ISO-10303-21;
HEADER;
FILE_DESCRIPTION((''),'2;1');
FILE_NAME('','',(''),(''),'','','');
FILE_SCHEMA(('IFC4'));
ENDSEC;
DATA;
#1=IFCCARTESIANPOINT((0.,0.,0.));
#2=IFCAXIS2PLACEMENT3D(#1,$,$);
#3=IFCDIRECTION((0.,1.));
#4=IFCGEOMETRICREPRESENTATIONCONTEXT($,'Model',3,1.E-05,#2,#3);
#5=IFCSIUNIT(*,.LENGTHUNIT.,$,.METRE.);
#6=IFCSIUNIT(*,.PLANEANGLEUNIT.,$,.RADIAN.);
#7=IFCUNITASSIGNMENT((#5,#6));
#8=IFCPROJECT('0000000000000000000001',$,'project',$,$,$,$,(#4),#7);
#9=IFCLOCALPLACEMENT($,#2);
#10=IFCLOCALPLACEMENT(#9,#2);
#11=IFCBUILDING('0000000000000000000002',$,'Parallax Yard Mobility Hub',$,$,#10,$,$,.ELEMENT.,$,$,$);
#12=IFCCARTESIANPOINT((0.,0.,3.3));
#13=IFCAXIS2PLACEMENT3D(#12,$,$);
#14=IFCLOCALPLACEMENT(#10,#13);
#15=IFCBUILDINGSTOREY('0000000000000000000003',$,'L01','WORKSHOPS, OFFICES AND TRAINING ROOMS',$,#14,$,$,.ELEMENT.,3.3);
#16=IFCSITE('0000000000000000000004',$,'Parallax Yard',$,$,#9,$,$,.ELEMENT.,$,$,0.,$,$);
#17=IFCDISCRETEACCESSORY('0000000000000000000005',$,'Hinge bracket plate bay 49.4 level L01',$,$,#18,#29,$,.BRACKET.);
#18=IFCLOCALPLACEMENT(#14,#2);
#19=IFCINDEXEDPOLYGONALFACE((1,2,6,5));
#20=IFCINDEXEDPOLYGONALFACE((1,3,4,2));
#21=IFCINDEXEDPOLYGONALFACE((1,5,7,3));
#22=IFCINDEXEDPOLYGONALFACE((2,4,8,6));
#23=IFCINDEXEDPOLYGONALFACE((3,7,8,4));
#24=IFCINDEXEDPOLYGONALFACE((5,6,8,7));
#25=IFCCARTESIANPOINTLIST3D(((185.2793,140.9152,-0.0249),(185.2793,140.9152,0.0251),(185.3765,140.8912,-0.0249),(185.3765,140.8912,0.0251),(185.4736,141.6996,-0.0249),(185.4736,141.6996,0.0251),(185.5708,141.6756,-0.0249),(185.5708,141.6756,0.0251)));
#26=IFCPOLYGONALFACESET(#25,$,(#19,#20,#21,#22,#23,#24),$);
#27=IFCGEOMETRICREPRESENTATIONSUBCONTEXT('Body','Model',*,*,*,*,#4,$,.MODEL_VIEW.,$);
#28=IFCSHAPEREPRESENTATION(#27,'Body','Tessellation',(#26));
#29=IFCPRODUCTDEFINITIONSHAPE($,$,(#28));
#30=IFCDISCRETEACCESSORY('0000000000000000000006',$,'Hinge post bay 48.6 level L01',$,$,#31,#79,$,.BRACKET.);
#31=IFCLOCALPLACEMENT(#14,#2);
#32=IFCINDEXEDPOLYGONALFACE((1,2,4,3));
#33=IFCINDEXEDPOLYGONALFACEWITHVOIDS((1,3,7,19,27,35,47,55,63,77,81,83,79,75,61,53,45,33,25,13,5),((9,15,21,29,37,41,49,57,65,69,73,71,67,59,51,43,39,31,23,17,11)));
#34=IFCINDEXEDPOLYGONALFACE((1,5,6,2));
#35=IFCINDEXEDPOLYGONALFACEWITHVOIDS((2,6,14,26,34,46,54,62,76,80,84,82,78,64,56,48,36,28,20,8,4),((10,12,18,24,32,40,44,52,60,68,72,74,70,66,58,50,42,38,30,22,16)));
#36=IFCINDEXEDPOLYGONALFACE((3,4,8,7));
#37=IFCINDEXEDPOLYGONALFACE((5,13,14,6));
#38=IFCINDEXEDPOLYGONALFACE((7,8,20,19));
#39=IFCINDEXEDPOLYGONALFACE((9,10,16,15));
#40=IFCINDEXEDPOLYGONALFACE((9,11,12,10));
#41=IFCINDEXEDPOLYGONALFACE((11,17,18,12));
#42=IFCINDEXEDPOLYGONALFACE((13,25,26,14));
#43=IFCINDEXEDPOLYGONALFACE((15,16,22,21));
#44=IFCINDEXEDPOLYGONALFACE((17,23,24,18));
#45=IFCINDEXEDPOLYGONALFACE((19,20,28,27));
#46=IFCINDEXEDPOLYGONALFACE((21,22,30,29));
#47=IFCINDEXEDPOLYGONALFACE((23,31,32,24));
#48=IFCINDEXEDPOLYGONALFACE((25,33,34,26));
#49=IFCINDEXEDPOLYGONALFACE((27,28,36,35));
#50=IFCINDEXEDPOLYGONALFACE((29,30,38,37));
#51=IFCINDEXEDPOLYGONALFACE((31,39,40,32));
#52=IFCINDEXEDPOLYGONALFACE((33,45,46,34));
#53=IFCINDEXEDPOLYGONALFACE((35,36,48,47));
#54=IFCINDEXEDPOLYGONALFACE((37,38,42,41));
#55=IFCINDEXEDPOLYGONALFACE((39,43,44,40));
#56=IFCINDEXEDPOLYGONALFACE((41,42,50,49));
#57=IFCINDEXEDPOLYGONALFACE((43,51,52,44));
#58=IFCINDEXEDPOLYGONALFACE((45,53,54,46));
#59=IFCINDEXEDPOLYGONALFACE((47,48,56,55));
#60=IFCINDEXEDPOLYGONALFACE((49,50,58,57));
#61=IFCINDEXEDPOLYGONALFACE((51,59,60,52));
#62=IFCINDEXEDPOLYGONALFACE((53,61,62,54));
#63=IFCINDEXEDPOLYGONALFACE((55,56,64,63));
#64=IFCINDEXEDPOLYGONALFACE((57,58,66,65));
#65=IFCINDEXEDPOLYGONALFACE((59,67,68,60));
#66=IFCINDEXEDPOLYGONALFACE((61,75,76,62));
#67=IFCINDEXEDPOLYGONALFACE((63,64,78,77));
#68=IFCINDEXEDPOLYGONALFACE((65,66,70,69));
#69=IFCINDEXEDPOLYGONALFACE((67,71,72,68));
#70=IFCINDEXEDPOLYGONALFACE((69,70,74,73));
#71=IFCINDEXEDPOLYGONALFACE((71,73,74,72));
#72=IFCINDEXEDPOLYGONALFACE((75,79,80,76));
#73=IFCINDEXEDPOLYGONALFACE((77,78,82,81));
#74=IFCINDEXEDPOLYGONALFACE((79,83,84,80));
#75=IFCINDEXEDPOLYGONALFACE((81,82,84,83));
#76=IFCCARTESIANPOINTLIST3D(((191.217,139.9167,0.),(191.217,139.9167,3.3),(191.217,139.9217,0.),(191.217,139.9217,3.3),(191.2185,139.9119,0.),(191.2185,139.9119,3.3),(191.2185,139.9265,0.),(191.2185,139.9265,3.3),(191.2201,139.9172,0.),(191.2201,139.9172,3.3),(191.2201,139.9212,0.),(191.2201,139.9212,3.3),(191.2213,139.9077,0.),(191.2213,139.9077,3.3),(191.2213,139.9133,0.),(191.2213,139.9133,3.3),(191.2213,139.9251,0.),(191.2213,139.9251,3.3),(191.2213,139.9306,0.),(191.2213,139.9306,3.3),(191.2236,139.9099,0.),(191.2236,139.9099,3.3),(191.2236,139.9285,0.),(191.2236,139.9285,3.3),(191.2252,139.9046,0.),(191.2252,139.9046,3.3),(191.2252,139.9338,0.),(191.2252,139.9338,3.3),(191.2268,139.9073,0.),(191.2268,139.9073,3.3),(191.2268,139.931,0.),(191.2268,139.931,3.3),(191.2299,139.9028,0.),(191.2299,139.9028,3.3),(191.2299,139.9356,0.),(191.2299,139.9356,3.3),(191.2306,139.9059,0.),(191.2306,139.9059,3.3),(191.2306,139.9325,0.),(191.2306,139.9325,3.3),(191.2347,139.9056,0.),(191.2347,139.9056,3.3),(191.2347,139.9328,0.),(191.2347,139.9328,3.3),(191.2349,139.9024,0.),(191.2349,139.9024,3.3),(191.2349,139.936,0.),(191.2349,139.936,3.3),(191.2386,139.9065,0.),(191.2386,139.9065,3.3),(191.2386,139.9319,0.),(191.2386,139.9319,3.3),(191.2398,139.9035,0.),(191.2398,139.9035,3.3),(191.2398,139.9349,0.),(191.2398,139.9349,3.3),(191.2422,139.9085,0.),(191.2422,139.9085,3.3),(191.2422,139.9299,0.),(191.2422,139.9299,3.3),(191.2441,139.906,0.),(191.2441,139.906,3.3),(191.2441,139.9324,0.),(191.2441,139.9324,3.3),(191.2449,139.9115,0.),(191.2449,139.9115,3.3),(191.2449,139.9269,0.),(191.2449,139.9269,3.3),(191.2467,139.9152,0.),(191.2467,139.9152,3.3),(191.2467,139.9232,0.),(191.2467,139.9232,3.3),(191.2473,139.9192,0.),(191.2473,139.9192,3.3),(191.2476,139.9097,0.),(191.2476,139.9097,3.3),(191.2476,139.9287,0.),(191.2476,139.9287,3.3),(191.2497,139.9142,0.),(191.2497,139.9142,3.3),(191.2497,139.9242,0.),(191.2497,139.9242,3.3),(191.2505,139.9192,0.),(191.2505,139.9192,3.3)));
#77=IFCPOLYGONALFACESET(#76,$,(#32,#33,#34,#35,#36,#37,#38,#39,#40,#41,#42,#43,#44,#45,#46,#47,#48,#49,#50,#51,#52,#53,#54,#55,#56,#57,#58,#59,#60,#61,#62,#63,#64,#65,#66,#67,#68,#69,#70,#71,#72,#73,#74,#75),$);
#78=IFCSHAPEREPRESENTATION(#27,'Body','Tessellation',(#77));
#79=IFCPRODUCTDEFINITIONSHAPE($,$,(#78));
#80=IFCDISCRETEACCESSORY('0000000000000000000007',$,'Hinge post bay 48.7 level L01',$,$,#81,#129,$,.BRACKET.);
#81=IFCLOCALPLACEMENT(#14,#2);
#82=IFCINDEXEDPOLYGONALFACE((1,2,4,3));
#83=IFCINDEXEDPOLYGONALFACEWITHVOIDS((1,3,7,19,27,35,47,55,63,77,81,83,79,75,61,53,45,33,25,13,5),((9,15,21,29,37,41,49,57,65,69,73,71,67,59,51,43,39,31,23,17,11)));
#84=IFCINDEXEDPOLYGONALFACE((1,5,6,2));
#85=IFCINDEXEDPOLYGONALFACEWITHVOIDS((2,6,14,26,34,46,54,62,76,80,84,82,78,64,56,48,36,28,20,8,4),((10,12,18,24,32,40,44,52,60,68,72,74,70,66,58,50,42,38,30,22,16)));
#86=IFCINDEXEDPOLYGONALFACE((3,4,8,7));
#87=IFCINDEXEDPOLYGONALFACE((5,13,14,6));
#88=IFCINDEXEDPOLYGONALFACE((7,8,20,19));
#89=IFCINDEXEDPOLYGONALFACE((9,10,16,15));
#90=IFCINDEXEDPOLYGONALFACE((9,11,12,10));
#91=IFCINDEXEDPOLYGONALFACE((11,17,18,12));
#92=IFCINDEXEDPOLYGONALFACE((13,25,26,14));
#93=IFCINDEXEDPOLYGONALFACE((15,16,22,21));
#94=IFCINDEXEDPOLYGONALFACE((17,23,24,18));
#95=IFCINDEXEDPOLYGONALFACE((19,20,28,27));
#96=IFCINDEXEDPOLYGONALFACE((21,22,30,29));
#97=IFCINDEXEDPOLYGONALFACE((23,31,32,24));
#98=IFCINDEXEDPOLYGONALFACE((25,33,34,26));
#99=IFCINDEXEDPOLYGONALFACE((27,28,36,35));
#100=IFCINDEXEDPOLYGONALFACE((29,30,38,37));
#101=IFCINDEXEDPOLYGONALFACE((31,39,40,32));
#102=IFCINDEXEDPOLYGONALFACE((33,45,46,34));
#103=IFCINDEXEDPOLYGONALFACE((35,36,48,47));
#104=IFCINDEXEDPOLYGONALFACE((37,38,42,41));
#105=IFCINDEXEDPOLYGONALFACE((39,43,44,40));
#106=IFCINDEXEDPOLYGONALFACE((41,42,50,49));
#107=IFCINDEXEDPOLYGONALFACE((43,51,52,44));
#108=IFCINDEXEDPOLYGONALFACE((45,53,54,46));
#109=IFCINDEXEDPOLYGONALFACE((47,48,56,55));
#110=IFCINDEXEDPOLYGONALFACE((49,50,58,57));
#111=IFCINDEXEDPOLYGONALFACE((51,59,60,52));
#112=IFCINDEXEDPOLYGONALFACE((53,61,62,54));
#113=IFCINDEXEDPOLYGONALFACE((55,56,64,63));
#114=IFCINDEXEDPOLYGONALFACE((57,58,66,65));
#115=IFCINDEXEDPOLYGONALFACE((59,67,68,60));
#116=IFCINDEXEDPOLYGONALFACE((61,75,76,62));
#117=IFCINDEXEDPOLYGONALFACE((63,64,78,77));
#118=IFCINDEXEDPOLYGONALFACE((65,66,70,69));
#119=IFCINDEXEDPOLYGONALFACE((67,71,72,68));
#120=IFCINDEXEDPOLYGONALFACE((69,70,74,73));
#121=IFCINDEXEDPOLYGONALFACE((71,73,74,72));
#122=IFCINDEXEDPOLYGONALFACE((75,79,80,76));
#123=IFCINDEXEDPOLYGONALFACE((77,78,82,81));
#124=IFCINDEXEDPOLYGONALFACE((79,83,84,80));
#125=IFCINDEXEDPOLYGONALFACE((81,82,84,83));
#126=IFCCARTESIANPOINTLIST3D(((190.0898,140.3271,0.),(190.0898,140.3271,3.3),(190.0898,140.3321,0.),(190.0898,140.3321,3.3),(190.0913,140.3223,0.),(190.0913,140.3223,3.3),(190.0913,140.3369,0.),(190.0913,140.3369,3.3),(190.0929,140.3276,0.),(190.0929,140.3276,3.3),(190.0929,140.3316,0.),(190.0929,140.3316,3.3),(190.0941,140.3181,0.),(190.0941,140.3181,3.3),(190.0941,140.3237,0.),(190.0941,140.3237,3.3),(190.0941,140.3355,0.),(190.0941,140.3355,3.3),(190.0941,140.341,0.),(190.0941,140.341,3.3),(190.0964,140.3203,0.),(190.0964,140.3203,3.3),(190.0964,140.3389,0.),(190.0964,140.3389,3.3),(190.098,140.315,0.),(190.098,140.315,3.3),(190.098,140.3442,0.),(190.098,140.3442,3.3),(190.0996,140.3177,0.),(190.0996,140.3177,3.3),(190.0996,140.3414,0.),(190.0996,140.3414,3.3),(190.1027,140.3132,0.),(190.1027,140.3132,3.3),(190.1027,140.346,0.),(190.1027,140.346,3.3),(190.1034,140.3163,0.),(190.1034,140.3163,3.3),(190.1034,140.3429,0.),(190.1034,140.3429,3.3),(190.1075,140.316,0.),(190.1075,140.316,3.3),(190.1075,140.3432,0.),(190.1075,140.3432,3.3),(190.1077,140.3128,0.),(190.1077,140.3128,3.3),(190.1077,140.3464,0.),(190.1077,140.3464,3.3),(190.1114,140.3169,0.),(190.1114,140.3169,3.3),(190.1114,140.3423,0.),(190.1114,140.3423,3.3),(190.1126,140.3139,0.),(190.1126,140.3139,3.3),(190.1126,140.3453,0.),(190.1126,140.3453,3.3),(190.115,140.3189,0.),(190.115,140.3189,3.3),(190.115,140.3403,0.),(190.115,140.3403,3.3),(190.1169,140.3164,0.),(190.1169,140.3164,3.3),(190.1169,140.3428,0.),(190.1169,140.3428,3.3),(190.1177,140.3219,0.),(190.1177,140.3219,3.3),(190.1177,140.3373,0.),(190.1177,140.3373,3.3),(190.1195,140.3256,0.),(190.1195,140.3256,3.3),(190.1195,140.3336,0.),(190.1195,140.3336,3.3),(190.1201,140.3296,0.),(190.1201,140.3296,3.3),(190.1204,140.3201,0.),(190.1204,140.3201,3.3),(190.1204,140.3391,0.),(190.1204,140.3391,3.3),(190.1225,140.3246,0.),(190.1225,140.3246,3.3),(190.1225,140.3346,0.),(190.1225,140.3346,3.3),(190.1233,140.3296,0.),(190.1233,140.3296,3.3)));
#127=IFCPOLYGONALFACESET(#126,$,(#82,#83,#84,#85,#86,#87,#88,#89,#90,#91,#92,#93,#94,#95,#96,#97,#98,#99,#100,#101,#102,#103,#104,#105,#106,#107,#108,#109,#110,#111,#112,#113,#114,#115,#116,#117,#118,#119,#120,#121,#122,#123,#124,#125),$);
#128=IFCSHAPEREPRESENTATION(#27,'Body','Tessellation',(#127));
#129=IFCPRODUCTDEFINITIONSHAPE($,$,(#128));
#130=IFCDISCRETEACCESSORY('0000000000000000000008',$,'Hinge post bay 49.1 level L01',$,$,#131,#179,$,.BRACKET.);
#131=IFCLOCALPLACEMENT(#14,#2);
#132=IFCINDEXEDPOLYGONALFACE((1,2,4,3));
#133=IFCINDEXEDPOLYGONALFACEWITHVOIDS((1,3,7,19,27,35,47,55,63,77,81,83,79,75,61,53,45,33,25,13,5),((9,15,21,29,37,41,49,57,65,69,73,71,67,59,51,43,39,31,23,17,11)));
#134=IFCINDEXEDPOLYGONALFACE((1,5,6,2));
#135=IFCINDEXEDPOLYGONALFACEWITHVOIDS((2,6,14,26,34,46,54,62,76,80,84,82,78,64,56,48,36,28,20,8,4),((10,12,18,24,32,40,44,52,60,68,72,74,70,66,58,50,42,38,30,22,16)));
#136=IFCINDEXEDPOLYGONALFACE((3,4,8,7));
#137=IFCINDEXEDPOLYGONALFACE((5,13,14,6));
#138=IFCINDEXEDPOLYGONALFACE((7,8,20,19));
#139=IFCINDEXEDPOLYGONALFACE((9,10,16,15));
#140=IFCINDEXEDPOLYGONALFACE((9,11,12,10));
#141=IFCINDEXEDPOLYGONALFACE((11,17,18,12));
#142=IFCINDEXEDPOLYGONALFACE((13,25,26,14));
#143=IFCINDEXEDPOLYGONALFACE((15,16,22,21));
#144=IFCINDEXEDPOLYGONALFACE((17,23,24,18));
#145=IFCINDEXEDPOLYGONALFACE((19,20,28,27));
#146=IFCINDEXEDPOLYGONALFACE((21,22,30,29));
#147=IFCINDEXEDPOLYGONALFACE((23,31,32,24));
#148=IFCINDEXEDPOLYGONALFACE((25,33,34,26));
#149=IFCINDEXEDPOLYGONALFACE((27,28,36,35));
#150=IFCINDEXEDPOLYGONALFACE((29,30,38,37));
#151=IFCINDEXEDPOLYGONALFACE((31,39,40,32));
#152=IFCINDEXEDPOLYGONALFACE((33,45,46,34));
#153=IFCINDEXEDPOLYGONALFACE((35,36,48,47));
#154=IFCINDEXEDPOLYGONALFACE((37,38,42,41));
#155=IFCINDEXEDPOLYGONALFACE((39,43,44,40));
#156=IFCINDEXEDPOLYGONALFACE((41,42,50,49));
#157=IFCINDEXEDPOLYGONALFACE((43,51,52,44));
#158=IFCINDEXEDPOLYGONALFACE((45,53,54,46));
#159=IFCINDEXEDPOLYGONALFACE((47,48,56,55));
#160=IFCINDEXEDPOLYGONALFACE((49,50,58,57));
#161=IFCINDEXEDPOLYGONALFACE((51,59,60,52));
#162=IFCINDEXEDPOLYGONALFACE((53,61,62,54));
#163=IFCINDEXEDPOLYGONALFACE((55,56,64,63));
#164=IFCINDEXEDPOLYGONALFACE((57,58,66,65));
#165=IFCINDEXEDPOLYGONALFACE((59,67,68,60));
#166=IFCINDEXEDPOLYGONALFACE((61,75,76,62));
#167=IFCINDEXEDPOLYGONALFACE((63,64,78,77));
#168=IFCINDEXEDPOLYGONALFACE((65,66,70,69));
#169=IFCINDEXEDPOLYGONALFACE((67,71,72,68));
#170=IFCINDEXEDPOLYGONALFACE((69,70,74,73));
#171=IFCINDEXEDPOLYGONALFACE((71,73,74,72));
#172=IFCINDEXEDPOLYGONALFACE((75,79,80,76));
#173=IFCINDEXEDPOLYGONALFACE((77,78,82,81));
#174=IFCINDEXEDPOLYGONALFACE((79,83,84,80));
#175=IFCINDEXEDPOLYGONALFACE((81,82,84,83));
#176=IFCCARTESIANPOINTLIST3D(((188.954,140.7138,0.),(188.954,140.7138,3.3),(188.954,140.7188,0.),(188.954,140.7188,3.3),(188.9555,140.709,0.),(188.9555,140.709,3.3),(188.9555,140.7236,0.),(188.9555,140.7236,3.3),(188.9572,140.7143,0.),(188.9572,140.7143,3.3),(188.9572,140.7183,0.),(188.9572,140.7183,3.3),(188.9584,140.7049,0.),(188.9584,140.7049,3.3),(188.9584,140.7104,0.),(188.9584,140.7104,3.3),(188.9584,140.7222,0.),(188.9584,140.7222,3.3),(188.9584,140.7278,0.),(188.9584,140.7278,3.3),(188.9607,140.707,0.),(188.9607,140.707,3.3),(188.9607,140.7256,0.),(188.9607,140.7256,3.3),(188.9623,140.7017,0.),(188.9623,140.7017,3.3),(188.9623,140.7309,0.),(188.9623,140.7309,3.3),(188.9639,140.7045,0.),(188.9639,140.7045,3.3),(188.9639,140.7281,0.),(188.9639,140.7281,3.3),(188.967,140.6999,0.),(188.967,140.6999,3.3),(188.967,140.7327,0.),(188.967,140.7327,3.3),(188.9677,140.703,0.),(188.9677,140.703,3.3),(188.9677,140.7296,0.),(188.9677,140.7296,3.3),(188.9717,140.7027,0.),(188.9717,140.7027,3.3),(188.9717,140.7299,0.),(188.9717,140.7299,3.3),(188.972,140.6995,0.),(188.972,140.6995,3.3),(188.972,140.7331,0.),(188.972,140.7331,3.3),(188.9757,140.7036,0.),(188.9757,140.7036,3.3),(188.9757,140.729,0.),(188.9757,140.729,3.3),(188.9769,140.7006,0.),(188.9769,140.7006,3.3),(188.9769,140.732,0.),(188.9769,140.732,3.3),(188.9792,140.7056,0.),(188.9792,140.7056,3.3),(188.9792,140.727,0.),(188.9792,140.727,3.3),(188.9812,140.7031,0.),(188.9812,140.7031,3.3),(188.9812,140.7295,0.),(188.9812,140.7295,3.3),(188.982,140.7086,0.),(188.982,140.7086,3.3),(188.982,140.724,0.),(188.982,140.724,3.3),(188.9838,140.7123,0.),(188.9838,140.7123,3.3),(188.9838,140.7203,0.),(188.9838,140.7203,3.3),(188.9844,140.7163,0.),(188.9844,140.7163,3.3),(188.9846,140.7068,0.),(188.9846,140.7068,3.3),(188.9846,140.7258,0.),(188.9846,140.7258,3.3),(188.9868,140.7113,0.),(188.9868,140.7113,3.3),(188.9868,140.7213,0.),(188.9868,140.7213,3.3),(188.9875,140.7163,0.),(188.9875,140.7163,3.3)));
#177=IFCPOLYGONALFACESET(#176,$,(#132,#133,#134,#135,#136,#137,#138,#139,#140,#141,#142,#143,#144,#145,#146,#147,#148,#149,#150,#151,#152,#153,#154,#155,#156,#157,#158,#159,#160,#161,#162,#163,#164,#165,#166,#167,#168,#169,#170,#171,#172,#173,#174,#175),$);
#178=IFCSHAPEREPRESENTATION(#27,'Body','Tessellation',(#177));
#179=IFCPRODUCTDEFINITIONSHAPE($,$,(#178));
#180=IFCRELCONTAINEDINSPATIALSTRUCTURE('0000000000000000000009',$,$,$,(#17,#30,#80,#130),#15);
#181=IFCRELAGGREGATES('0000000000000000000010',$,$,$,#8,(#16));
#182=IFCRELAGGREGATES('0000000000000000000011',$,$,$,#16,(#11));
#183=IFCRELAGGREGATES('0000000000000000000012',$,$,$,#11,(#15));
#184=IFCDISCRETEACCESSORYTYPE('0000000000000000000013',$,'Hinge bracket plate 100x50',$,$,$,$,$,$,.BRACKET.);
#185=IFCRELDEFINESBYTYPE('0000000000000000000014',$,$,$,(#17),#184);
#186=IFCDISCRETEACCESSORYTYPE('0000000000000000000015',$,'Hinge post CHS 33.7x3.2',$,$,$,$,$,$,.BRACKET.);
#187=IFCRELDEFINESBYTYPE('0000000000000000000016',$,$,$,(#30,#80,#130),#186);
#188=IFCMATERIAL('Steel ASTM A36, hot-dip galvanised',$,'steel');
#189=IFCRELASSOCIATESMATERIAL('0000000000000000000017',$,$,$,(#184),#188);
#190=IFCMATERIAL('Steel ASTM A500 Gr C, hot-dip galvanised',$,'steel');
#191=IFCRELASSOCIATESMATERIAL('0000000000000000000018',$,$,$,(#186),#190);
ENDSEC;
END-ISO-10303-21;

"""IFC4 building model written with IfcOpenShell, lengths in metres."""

from ifc_helpers import new_model, si_unit, direction, frame, origin, origin_2d, place, context, subcontext, project, spatial, rectangle, hollow_circle, extrude, material, material_profile, profile_set, type_object, element, save


model = new_model("IFC4")

# Units and contexts
model_context = context("Model", 3, precision=1e-05, world=origin(), true_north=direction((0.0, 1.0)))
body_context = subcontext(model_context, "Body", "Model", "MODEL_VIEW")
ifc_project = project(units=[si_unit("LENGTHUNIT", "METRE"), si_unit("PLANEANGLEUNIT", "RADIAN")], contexts=[model_context])

# Site, building, storey
site_placement = place(None, origin())
site = spatial("IfcSite", under=ifc_project, at=site_placement, Name="Parallax Yard", CompositionType="ELEMENT", RefElevation=0.0)
building_placement = place(site_placement, origin())
building = spatial("IfcBuilding", under=site, at=building_placement, Name="Parallax Yard Mobility Hub", CompositionType="ELEMENT")
storey_placement = place(building_placement, frame((0.0, 0.0, 3.3)))
storey = spatial("IfcBuildingStorey", under=building, at=storey_placement, Name="L01", Description="WORKSHOPS, OFFICES AND TRAINING ROOMS", CompositionType="ELEMENT", Elevation=3.3)

# Discrete accessories
ifc_material_1 = material(Name="Steel ASTM A36, hot-dip galvanised", Category="steel")
discrete_accessory_type_1 = type_object("IfcDiscreteAccessoryType", Name="Hinge bracket plate 100x50", PredefinedType="BRACKET", material=ifc_material_1)
for number, where, z_axis, x_axis, name in (
    (1, (185.425, 141.2954, -0.0249), (0.0, 0.0, 1.0), (0.240382, 0.970678, 0.0), "Hinge bracket plate bay 49.4 level L01"),
):
    element("IfcDiscreteAccessory", number, at=place(storey_placement, frame(where, z_axis=z_axis, x_axis=x_axis)), inside=storey, type_object=discrete_accessory_type_1, Name=name, PredefinedType="BRACKET", context=body_context, shape_type="SweptSolid", body=[
        extrude(rectangle(XDim=0.8081, YDim=0.1001, at=origin_2d()), origin(), (0.0, 0.0, 1.0), 0.05),
    ])
ifc_material_2 = material(Name="Steel ASTM A500 Gr C, hot-dip galvanised", Category="steel")
ifc_material_profile_1 = material_profile(ifc_material_2, hollow_circle(Radius=0.0168, WallThickness=0.0032, at=origin_2d()), Name="CHS 33.7x3.2")
ifc_profile_set_1 = profile_set([ifc_material_profile_1], Name="Steel ASTM A500 Gr C, hot-dip galvanised")
discrete_accessory_type_2 = type_object("IfcDiscreteAccessoryType", Name="Hinge post CHS 33.7x3.2", PredefinedType="BRACKET", material=ifc_profile_set_1)
for number, where, z_axis, x_axis, name in (
    (2, (191.2336, 139.9192, 0.0), (0.0, 0.0, 1.0), (1.0, 0.0, 0.0), "Hinge post bay 48.6 level L01"),
    (3, (190.1064, 140.3296, 0.0), (0.0, 0.0, 1.0), (1.0, 0.0, 0.0), "Hinge post bay 48.7 level L01"),
    (4, (188.9707, 140.7163, 0.0), (0.0, 0.0, 1.0), (1.0, 0.0, 0.0), "Hinge post bay 49.1 level L01"),
):
    element("IfcDiscreteAccessory", number, at=place(storey_placement, frame(where, z_axis=z_axis, x_axis=x_axis)), inside=storey, type_object=discrete_accessory_type_2, Name=name, PredefinedType="BRACKET", context=body_context, shape_type="SweptSolid", body=[
        extrude(hollow_circle(Radius=0.0168, WallThickness=0.0032, at=origin_2d()), origin(), (0.0, 0.0, 1.0), 3.3),
    ])

save(model, "model.ifc")
